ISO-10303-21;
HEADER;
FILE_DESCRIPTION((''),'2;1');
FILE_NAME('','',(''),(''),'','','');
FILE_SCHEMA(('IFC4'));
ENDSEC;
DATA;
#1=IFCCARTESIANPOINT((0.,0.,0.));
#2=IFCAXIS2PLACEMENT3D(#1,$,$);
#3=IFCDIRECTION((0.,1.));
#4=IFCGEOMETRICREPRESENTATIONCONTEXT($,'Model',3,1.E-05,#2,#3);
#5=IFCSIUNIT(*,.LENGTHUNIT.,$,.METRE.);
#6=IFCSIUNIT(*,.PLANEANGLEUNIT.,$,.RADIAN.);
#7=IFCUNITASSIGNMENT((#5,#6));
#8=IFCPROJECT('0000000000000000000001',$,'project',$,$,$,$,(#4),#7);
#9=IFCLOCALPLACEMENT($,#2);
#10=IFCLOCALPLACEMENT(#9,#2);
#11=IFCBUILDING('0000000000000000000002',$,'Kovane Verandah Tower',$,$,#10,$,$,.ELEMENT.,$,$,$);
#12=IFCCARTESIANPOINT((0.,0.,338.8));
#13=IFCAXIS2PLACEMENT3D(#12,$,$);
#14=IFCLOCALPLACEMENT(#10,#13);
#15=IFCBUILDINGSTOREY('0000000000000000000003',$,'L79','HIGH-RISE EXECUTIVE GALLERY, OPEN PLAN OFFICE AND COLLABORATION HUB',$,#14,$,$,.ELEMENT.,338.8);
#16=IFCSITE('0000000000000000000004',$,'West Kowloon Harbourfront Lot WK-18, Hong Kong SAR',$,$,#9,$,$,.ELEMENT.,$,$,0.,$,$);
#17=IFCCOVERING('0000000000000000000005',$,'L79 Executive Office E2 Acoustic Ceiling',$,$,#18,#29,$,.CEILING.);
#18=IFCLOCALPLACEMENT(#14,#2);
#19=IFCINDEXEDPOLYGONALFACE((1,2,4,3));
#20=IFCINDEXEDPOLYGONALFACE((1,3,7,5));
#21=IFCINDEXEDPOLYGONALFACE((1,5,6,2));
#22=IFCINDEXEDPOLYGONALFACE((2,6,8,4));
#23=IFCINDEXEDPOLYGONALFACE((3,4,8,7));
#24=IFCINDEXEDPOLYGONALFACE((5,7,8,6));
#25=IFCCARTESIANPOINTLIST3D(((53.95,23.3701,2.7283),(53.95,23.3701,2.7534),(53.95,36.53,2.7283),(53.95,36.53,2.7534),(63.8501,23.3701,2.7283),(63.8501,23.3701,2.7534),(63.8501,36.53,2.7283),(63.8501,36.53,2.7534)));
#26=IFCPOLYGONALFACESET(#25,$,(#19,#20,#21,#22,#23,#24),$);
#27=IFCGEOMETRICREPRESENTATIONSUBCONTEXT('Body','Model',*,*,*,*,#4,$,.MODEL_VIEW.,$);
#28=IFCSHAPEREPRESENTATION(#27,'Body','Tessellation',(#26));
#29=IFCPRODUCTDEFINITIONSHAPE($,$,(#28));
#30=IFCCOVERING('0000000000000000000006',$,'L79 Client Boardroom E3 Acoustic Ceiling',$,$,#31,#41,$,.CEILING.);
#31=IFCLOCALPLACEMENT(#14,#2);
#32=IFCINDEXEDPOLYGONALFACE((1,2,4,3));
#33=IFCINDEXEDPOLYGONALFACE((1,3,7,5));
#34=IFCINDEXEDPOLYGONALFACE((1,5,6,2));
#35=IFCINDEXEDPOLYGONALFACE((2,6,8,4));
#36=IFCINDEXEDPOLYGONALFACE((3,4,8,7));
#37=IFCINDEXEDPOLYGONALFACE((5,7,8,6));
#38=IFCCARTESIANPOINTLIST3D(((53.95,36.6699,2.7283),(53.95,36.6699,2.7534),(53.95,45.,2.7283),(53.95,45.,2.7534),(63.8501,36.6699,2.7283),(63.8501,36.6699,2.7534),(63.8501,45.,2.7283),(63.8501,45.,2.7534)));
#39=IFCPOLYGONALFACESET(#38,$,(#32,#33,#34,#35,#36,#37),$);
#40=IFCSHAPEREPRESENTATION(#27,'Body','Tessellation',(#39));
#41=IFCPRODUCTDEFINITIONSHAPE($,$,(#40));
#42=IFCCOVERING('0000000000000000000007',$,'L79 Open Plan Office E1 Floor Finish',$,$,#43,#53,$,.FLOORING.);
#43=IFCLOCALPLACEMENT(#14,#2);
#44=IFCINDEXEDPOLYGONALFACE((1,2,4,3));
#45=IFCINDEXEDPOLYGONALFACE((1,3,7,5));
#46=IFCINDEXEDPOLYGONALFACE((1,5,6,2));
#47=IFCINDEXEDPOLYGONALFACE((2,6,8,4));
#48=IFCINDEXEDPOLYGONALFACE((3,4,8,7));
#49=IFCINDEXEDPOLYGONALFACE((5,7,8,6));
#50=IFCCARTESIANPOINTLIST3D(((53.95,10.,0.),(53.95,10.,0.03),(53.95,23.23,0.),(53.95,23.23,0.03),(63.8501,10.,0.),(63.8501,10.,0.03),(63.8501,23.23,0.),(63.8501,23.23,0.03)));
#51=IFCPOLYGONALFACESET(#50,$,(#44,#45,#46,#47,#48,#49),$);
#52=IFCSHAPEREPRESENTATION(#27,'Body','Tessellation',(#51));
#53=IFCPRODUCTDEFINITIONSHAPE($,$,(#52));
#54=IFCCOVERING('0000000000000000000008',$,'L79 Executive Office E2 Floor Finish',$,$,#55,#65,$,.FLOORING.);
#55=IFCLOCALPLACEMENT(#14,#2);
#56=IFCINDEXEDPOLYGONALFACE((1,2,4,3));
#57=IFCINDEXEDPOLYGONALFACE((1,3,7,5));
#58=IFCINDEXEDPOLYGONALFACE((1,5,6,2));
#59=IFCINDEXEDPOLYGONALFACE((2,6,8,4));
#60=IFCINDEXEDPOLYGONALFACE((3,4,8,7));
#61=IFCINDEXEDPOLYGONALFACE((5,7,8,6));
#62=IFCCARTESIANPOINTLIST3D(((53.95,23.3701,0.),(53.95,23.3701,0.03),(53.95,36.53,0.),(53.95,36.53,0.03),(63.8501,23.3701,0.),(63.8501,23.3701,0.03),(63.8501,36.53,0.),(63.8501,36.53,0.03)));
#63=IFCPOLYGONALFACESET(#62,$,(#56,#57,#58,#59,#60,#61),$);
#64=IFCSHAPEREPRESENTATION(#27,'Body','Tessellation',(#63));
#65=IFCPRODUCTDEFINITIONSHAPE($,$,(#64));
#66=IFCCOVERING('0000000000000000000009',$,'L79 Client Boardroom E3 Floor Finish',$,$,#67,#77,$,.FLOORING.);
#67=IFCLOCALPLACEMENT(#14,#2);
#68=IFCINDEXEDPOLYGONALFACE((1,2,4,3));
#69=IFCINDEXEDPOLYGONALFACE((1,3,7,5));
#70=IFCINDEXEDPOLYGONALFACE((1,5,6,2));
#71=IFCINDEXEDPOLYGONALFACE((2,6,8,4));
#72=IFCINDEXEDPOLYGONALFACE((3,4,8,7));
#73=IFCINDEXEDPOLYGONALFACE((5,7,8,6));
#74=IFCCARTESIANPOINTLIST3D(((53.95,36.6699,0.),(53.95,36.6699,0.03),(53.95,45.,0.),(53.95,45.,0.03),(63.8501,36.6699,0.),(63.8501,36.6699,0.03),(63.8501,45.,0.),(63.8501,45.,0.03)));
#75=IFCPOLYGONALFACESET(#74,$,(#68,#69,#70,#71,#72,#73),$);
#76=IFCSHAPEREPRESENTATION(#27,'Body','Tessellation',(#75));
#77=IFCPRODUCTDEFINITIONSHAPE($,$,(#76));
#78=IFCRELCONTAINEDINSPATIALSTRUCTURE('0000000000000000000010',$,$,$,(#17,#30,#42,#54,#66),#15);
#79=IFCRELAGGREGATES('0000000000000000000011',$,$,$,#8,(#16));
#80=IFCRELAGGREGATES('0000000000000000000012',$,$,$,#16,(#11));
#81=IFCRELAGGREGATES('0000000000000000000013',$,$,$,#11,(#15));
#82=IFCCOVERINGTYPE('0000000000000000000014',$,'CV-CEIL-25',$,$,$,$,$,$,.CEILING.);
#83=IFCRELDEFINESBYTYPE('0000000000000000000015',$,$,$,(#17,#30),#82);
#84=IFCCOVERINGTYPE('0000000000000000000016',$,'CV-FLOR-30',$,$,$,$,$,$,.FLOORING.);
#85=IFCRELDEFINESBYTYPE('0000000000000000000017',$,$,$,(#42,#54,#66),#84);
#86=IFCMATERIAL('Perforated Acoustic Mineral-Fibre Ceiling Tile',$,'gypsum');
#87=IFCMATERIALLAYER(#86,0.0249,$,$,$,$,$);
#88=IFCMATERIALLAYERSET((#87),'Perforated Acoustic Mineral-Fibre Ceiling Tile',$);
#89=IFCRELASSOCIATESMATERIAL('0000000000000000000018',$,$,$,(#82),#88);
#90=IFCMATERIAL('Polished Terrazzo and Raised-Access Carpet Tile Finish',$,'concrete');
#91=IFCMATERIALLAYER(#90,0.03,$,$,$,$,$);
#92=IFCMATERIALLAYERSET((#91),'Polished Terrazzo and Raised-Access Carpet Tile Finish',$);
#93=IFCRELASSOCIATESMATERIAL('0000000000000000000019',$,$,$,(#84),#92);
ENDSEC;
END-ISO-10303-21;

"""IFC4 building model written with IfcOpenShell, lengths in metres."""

from ifc_helpers import new_model, si_unit, direction, frame, origin, place, context, subcontext, project, spatial, polyline, outline, extrude, material, layer, layer_set, type_object, element, save


model = new_model("IFC4")

# Units and contexts
model_context = context("Model", 3, precision=1e-05, world=origin(), true_north=direction((0.0, 1.0)))
body_context = subcontext(model_context, "Body", "Model", "MODEL_VIEW")
ifc_project = project(units=[si_unit("LENGTHUNIT", "METRE"), si_unit("PLANEANGLEUNIT", "RADIAN")], contexts=[model_context])

# Site, building, storey
site_placement = place(None, origin())
site = spatial("IfcSite", under=ifc_project, at=site_placement, Name="West Kowloon Harbourfront Lot WK-18, Hong Kong SAR", CompositionType="ELEMENT", RefElevation=0.0)
building_placement = place(site_placement, origin())
building = spatial("IfcBuilding", under=site, at=building_placement, Name="Kovane Verandah Tower", CompositionType="ELEMENT")
storey_placement = place(building_placement, frame((0.0, 0.0, 338.8)))
storey = spatial("IfcBuildingStorey", under=building, at=storey_placement, Name="L79", Description="HIGH-RISE EXECUTIVE GALLERY, OPEN PLAN OFFICE AND COLLABORATION HUB", CompositionType="ELEMENT", Elevation=338.8)

# Coverings
ifc_material_1 = material(Name="Perforated Acoustic Mineral-Fibre Ceiling Tile", Category="gypsum")
ifc_layer_1 = layer(ifc_material_1, 0.0249)
ifc_layer_set_1 = layer_set([ifc_layer_1], Name="Perforated Acoustic Mineral-Fibre Ceiling Tile")
covering_type_1 = type_object("IfcCoveringType", Name="CV-CEIL-25", PredefinedType="CEILING", material=ifc_layer_set_1)
covering_1_placement = place(storey_placement, frame((0.0, 0.0, 2.7283)))
element("IfcCovering", 1, at=covering_1_placement, inside=storey, type_object=covering_type_1, Name="L79 Executive Office E2 Acoustic Ceiling", PredefinedType="CEILING", context=body_context, shape_type="SweptSolid", body=[
    extrude(outline(polyline([(53.95, 23.3701), (63.8501, 23.3701), (63.8501, 36.53), (53.95, 36.53), (53.95, 23.3701)])), origin(), (0.0, 0.0, 1.0), 0.0251),
])
covering_2_placement = place(storey_placement, frame((0.0, 0.0, 2.7283)))
element("IfcCovering", 2, at=covering_2_placement, inside=storey, type_object=covering_type_1, Name="L79 Client Boardroom E3 Acoustic Ceiling", PredefinedType="CEILING", context=body_context, shape_type="SweptSolid", body=[
    extrude(outline(polyline([(53.95, 36.6699), (63.8501, 36.6699), (63.8501, 45.0), (53.95, 45.0), (53.95, 36.6699)])), origin(), (0.0, 0.0, 1.0), 0.0251),
])
ifc_material_2 = material(Name="Polished Terrazzo and Raised-Access Carpet Tile Finish", Category="concrete")
ifc_layer_2 = layer(ifc_material_2, 0.03)
ifc_layer_set_2 = layer_set([ifc_layer_2], Name="Polished Terrazzo and Raised-Access Carpet Tile Finish")
covering_type_2 = type_object("IfcCoveringType", Name="CV-FLOR-30", PredefinedType="FLOORING", material=ifc_layer_set_2)
covering_3_placement = place(storey_placement, origin())
element("IfcCovering", 3, at=covering_3_placement, inside=storey, type_object=covering_type_2, Name="L79 Open Plan Office E1 Floor Finish", PredefinedType="FLOORING", context=body_context, shape_type="SweptSolid", body=[
    extrude(outline(polyline([(53.95, 10.0), (63.8501, 10.0), (63.8501, 23.23), (53.95, 23.23), (53.95, 10.0)])), origin(), (0.0, 0.0, 1.0), 0.03),
])
covering_4_placement = place(storey_placement, origin())
element("IfcCovering", 4, at=covering_4_placement, inside=storey, type_object=covering_type_2, Name="L79 Executive Office E2 Floor Finish", PredefinedType="FLOORING", context=body_context, shape_type="SweptSolid", body=[
    extrude(outline(polyline([(53.95, 23.3701), (63.8501, 23.3701), (63.8501, 36.53), (53.95, 36.53), (53.95, 23.3701)])), origin(), (0.0, 0.0, 1.0), 0.03),
])
covering_5_placement = place(storey_placement, origin())
element("IfcCovering", 5, at=covering_5_placement, inside=storey, type_object=covering_type_2, Name="L79 Client Boardroom E3 Floor Finish", PredefinedType="FLOORING", context=body_context, shape_type="SweptSolid", body=[
    extrude(outline(polyline([(53.95, 36.6699), (63.8501, 36.6699), (63.8501, 45.0), (53.95, 45.0), (53.95, 36.6699)])), origin(), (0.0, 0.0, 1.0), 0.03),
])

save(model, "model.ifc")
